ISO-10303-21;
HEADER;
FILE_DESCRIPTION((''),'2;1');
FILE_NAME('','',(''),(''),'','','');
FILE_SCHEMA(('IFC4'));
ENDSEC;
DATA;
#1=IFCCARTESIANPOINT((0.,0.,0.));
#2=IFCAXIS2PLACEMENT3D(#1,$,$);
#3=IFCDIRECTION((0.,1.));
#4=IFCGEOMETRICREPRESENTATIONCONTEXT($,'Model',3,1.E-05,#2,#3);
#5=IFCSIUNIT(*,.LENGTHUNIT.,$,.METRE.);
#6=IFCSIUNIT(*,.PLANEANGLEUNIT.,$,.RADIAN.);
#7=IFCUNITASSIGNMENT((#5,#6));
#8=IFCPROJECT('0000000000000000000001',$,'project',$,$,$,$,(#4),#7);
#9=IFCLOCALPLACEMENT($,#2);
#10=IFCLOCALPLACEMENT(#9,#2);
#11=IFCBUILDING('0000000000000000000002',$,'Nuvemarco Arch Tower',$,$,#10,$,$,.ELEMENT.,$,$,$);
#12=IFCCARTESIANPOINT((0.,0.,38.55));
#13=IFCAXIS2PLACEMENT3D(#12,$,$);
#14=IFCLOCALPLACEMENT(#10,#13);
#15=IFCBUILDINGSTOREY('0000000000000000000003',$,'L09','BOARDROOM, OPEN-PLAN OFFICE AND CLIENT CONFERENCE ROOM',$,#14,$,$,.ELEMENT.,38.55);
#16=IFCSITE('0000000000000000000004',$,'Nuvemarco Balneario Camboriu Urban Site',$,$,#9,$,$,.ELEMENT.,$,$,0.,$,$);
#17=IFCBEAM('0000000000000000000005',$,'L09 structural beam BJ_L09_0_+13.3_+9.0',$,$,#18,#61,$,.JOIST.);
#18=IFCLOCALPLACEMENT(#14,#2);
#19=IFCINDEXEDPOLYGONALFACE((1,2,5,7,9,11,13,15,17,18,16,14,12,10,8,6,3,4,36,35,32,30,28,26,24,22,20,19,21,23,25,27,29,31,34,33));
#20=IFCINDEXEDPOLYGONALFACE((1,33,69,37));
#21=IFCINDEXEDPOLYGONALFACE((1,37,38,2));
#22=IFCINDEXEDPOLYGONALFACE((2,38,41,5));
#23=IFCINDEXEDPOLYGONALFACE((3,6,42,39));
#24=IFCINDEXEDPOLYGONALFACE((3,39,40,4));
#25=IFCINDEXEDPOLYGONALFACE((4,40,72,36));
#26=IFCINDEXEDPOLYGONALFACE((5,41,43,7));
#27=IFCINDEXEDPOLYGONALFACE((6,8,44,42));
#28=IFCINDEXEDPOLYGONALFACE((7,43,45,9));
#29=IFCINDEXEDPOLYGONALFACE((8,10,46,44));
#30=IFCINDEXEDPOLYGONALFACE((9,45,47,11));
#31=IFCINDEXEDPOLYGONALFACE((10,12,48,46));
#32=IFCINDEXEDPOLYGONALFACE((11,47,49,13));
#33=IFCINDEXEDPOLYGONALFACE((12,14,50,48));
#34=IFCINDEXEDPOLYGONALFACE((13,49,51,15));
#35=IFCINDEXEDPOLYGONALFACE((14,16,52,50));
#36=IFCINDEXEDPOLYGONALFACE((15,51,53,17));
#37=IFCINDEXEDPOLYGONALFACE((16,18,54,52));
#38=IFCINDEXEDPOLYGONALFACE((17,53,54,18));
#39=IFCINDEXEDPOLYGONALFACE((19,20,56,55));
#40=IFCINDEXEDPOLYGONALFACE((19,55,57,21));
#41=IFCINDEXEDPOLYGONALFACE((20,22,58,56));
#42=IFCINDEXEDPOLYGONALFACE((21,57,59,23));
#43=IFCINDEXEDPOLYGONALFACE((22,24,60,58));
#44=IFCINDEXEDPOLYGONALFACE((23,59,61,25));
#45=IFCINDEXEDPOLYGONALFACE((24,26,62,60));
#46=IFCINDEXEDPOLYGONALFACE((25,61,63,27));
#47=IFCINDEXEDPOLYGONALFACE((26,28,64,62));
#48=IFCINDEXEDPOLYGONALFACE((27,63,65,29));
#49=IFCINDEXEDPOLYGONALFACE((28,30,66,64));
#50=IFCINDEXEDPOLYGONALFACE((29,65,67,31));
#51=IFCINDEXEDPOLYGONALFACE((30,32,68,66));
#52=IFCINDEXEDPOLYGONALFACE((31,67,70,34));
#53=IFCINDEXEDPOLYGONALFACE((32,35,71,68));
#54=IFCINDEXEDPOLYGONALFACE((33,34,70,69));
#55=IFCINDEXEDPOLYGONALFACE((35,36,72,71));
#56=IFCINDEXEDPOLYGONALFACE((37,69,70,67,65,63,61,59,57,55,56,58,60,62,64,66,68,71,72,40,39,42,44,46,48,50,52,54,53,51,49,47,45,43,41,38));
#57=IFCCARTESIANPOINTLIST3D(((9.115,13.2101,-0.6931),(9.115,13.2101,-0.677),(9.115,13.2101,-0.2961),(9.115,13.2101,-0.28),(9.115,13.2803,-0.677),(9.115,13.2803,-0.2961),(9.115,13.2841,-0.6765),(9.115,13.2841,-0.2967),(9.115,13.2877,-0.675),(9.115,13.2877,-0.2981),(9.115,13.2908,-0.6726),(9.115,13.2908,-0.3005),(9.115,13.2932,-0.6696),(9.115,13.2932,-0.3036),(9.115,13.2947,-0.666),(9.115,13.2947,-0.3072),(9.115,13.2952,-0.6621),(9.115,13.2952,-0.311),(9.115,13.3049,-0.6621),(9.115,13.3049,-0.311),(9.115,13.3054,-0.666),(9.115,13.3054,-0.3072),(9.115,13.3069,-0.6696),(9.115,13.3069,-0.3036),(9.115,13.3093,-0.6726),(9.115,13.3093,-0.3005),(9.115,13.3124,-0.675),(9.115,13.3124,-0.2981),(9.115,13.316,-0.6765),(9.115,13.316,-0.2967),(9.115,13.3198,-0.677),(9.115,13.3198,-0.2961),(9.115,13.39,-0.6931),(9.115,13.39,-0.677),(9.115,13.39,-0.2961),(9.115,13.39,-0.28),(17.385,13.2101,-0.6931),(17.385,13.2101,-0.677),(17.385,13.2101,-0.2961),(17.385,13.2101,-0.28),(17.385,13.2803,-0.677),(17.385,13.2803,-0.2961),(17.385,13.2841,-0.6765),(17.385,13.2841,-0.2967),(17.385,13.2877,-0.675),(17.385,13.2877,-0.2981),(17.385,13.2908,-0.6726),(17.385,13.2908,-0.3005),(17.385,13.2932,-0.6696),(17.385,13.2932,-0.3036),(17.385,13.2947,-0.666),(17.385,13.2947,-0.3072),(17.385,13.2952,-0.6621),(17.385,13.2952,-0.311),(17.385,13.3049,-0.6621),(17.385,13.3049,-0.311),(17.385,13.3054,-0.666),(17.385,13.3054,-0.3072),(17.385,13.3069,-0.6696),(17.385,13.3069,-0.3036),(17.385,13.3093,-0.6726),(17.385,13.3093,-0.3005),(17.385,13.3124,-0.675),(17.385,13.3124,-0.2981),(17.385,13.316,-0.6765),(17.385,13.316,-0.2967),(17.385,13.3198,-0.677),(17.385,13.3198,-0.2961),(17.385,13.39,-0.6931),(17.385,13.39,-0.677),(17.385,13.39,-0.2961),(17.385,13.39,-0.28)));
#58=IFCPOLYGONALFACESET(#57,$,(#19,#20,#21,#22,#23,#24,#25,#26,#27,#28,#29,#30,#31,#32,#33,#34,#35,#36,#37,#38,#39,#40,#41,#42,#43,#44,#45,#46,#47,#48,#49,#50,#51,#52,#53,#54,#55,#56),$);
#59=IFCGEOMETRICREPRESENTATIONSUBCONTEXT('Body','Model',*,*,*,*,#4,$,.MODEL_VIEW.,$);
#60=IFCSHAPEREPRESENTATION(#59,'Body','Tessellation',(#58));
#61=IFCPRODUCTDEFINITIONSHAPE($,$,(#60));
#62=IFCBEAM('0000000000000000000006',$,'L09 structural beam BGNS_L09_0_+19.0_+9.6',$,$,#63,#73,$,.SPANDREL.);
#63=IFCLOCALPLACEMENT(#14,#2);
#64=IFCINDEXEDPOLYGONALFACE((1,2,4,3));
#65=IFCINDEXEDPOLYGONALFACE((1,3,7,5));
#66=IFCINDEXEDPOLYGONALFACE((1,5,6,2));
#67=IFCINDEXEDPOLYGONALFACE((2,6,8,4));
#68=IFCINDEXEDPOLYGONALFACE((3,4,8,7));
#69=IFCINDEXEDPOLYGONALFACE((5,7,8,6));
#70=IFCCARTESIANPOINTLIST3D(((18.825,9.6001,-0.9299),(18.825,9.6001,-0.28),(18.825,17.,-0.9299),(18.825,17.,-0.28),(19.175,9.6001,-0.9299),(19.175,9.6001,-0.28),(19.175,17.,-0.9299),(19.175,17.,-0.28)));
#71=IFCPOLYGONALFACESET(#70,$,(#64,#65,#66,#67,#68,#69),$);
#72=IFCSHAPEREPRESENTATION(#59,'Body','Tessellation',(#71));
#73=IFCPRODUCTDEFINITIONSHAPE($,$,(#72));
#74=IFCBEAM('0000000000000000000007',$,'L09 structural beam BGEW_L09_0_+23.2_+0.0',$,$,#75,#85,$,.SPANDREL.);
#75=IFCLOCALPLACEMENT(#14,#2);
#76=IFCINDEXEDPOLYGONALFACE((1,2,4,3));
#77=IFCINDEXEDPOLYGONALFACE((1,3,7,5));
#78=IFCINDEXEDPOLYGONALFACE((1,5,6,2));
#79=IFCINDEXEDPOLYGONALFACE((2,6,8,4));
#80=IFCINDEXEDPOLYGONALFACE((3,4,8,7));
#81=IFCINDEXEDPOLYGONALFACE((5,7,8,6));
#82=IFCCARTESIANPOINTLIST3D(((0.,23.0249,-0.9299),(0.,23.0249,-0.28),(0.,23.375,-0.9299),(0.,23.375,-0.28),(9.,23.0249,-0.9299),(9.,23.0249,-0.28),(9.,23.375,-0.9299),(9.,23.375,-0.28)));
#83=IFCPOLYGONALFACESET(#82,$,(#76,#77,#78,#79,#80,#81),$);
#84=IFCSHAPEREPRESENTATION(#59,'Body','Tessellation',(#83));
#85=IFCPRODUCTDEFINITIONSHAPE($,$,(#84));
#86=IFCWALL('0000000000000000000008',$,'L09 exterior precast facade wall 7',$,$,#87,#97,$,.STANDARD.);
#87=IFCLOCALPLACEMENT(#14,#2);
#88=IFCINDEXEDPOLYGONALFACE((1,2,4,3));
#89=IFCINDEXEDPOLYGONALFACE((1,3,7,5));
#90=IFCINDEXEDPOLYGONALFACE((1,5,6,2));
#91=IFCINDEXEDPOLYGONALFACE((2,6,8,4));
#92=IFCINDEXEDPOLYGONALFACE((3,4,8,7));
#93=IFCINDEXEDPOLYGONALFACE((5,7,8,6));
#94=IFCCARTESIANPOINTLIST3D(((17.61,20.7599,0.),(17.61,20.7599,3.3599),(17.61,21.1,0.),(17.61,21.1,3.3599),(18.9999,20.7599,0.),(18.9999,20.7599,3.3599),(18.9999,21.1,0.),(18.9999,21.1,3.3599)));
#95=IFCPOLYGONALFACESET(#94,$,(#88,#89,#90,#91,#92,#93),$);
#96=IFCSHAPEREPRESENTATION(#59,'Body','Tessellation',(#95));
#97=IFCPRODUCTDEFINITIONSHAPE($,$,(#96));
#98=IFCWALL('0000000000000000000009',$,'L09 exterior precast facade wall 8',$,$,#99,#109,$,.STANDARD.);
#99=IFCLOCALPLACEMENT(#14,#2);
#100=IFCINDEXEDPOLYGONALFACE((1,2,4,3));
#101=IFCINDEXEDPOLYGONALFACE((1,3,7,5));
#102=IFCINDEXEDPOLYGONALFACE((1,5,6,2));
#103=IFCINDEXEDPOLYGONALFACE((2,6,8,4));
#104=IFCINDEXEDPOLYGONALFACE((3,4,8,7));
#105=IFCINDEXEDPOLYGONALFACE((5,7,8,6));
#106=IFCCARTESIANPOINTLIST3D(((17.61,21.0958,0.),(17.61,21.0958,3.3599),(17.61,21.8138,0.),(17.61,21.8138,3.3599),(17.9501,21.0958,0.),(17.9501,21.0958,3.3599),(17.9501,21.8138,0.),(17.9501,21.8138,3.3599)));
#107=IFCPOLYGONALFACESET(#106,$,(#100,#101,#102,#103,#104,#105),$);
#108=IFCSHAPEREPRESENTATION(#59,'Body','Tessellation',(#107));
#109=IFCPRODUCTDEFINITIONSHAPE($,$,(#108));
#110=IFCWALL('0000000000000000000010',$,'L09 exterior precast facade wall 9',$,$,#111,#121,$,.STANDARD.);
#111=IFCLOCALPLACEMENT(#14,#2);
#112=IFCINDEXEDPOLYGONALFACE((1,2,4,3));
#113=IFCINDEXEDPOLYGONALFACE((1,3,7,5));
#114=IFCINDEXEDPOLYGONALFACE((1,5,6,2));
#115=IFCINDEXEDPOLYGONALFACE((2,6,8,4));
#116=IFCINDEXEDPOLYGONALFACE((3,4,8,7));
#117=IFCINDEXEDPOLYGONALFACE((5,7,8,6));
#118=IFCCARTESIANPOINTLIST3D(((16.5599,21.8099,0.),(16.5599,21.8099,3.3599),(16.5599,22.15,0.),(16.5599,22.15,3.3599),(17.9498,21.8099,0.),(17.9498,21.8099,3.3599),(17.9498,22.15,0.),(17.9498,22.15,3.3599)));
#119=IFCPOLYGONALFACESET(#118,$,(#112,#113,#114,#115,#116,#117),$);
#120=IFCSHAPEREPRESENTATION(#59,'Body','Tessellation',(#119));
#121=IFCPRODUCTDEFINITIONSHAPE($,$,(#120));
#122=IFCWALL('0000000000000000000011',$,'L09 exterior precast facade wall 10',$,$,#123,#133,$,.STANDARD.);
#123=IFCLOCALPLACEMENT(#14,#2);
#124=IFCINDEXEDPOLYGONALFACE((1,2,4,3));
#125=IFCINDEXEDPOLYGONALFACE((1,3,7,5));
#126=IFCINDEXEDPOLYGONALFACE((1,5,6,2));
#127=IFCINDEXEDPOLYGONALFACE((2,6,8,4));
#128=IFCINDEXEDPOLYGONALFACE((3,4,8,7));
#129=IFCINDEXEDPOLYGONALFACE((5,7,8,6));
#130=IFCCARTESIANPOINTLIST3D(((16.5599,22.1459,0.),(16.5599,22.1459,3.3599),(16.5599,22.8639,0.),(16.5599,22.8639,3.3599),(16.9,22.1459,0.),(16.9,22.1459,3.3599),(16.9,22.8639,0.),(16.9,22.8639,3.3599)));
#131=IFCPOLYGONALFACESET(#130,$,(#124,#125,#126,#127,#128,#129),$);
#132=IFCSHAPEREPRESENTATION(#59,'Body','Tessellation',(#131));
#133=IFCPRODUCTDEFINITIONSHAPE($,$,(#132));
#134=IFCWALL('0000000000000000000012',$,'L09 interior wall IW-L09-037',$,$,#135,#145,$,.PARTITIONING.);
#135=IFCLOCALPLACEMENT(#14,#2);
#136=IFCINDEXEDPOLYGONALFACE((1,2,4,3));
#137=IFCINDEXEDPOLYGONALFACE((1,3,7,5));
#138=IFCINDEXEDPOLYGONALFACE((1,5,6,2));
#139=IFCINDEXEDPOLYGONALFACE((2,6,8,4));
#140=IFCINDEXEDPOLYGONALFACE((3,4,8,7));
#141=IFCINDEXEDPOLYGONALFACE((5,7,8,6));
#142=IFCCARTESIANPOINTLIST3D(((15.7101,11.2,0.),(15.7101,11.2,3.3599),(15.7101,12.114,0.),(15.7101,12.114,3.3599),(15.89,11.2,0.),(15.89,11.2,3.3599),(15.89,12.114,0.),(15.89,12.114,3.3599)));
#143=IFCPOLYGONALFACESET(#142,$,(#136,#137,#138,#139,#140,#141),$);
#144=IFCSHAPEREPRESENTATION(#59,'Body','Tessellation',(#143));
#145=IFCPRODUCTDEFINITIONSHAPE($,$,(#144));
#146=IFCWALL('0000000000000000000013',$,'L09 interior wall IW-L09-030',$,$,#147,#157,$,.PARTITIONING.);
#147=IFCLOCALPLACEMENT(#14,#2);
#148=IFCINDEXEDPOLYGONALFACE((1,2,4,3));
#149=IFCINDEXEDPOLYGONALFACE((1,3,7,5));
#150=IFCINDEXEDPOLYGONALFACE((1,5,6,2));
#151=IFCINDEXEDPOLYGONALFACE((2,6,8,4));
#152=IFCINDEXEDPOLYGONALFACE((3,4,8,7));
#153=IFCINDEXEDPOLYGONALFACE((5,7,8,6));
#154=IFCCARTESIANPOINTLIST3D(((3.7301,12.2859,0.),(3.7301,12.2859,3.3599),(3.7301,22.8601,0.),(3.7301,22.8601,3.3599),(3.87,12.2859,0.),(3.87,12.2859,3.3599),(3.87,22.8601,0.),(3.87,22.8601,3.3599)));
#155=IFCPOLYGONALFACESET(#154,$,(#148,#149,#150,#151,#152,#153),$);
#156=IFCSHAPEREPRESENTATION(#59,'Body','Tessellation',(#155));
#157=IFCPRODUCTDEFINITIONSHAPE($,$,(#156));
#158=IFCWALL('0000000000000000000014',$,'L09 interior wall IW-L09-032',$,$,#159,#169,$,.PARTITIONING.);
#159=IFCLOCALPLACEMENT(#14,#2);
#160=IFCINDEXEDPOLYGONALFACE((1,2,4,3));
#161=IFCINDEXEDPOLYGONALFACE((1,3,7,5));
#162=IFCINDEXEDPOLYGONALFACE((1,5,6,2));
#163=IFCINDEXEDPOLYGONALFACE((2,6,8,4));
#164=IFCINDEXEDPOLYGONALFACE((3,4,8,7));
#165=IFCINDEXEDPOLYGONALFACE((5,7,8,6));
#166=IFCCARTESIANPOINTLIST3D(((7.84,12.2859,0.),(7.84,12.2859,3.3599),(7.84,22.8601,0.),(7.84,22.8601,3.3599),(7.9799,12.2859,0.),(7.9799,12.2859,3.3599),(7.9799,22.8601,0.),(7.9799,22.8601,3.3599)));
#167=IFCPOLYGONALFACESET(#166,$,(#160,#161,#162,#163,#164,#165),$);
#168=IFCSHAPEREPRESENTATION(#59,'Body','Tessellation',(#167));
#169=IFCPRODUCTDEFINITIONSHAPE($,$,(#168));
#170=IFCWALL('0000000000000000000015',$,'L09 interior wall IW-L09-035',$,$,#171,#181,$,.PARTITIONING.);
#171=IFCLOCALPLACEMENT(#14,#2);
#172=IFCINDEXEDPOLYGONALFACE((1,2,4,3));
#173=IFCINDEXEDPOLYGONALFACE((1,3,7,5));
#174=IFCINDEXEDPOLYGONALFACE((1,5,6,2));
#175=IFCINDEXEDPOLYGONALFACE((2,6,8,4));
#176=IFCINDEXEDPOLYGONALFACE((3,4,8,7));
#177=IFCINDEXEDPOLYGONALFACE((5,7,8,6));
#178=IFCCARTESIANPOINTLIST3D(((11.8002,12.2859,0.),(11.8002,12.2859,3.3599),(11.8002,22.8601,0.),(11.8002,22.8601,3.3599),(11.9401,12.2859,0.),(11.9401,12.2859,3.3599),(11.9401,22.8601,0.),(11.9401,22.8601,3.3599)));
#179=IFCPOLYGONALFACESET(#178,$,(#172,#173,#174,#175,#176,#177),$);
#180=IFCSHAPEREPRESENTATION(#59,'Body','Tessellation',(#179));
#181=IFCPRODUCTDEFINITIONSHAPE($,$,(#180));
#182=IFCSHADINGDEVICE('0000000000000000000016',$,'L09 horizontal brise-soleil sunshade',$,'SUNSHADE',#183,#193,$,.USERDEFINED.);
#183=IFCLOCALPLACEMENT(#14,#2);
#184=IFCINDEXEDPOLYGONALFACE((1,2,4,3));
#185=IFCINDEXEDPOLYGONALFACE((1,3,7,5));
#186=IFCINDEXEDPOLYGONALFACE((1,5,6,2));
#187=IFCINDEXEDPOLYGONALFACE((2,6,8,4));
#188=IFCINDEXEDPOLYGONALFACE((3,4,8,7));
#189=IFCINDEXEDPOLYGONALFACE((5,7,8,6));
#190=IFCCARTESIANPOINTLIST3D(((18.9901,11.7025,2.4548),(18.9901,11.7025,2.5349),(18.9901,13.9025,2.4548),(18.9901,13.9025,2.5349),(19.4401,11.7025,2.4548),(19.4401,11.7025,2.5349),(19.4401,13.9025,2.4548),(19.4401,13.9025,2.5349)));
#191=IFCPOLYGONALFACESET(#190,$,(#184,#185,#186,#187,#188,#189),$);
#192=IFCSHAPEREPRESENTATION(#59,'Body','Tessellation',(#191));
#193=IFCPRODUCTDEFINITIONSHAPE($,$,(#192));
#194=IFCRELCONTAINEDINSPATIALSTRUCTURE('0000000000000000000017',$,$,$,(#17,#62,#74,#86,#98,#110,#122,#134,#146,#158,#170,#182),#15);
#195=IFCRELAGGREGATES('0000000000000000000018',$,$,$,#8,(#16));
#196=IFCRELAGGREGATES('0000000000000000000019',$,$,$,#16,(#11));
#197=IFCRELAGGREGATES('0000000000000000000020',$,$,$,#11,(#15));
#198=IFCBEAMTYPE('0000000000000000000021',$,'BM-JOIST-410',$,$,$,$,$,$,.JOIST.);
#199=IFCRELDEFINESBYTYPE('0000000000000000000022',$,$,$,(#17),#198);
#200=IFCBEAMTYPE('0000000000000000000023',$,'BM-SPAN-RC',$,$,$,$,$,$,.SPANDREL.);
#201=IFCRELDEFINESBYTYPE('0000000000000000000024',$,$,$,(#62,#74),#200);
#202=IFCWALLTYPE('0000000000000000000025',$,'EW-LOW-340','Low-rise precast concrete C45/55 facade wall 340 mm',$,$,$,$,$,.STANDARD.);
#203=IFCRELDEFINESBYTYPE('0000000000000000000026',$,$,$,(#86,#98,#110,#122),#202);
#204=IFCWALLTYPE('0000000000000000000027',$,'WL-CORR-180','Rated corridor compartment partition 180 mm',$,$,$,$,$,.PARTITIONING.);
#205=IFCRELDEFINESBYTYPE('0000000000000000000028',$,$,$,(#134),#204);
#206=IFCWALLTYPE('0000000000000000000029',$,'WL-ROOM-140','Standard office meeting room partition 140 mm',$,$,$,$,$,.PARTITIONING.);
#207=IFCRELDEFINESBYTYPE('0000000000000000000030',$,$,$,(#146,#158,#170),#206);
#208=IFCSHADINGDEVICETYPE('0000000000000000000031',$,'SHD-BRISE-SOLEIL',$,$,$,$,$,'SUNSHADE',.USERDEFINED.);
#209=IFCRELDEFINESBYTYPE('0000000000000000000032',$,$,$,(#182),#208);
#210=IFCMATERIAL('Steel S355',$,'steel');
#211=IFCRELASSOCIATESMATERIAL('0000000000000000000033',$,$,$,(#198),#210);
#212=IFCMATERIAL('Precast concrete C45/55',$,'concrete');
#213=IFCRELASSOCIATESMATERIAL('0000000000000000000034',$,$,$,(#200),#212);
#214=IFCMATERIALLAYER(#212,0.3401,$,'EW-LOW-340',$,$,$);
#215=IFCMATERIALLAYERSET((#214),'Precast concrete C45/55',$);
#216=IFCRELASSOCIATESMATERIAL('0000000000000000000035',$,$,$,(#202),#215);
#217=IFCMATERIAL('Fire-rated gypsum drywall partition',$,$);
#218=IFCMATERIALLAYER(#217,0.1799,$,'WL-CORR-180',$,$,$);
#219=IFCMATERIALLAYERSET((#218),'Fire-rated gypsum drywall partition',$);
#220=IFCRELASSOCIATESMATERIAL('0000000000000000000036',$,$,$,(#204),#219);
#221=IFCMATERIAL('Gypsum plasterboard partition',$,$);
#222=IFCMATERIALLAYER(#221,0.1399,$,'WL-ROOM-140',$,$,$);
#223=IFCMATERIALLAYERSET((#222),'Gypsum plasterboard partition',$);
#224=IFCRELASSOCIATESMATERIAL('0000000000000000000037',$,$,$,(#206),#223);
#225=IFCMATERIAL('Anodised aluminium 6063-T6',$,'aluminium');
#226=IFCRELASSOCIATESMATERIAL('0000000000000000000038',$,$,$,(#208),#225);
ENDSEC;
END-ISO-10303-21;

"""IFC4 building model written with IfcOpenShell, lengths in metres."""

from ifc_helpers import new_model, si_unit, direction, frame, frame_2d, origin, origin_2d, place, context, subcontext, project, spatial, rectangle, i_section, extrude, source, transform, mapped, material, layer, layer_set, material_profile, profile_set, type_object, type_shapes, element, save


model = new_model("IFC4")

# Units and contexts
model_context = context("Model", 3, precision=1e-05, world=origin(), true_north=direction((0.0, 1.0)))
body_context = subcontext(model_context, "Body", "Model", "MODEL_VIEW")
ifc_project = project(units=[si_unit("LENGTHUNIT", "METRE"), si_unit("PLANEANGLEUNIT", "RADIAN")], contexts=[model_context])

# Site, building, storey
site_placement = place(None, origin())
site = spatial("IfcSite", under=ifc_project, at=site_placement, Name="Nuvemarco Balneario Camboriu Urban Site", CompositionType="ELEMENT", RefElevation=0.0)
building_placement = place(site_placement, origin())
building = spatial("IfcBuilding", under=site, at=building_placement, Name="Nuvemarco Arch Tower", CompositionType="ELEMENT")
storey_placement = place(building_placement, frame((0.0, 0.0, 38.55)))
storey = spatial("IfcBuildingStorey", under=building, at=storey_placement, Name="L09", Description="BOARDROOM, OPEN-PLAN OFFICE AND CLIENT CONFERENCE ROOM", CompositionType="ELEMENT", Elevation=38.55)

# Shared definitions
ifc_material_1 = material(Name="Steel S355", Category="steel")

# Beams
ifc_material_profile_1 = material_profile(ifc_material_1, i_section(OverallWidth=0.1799, OverallDepth=0.4131, WebThickness=0.0098, FlangeThickness=0.0161, FilletRadius=0.0149, at=origin_2d()), Name="W410x75")
ifc_profile_set_1 = profile_set([ifc_material_profile_1], Name="Steel S355")
beam_type_1 = type_object("IfcBeamType", Name="BM-JOIST-410", PredefinedType="JOIST", material=ifc_profile_set_1)
beam_1_placement = place(storey_placement, frame((9.115, 13.3, -0.4866), z_axis=(1.0, 0.0, 0.0), x_axis=(0.0, 1.0, 0.0)))
element("IfcBeam", 1, at=beam_1_placement, inside=storey, type_object=beam_type_1, Name="L09 structural beam BJ_L09_0_+13.3_+9.0", PredefinedType="JOIST", context=body_context, shape_type="SweptSolid", body=[
    extrude(i_section(OverallWidth=0.1799, OverallDepth=0.4131, WebThickness=0.0098, FlangeThickness=0.0161, FilletRadius=0.0149, at=origin_2d()), origin(), (0.0, 0.0, 1.0), 8.27),
])
ifc_material_2 = material(Name="Precast concrete C45/55", Category="concrete")
ifc_material_profile_2 = material_profile(ifc_material_2, rectangle(XDim=0.3501, YDim=0.6499, at=origin_2d()), Name="PC-SP-350x650")
ifc_profile_set_2 = profile_set([ifc_material_profile_2], Name="Precast concrete C45/55")
beam_type_2 = type_object("IfcBeamType", Name="BM-SPAN-RC", PredefinedType="SPANDREL", material=ifc_profile_set_2)
beam_2_placement = place(storey_placement, frame((19.0, 9.6001, -0.605), z_axis=(0.0, 1.0, 0.0), x_axis=(-1.0, 0.0, 0.0)))
element("IfcBeam", 2, at=beam_2_placement, inside=storey, type_object=beam_type_2, Name="L09 structural beam BGNS_L09_0_+19.0_+9.6", PredefinedType="SPANDREL", context=body_context, shape_type="SweptSolid", body=[
    extrude(rectangle(XDim=0.3501, YDim=0.6499, at=origin_2d()), origin(), (0.0, 0.0, 1.0), 7.3999),
])
beam_3_placement = place(storey_placement, frame((0.0, 23.2, -0.605), z_axis=(1.0, 0.0, 0.0), x_axis=(0.0, 1.0, 0.0)))
element("IfcBeam", 3, at=beam_3_placement, inside=storey, type_object=beam_type_2, Name="L09 structural beam BGEW_L09_0_+23.2_+0.0", PredefinedType="SPANDREL", context=body_context, shape_type="SweptSolid", body=[
    extrude(rectangle(XDim=0.3501, YDim=0.6499, at=origin_2d()), origin(), (0.0, 0.0, 1.0), 9.0),
])

# Walls
ifc_layer_1 = layer(ifc_material_2, 0.3401, Name="EW-LOW-340")
ifc_layer_set_1 = layer_set([ifc_layer_1], Name="Precast concrete C45/55")
wall_type_1 = type_object("IfcWallType", Name="EW-LOW-340", Description="Low-rise precast concrete C45/55 facade wall 340 mm", PredefinedType="STANDARD", material=ifc_layer_set_1)
wall_1_placement = place(storey_placement, frame((17.6101, 20.9299, 0.0), z_axis=(0.0, 0.0, 1.0), x_axis=(1.0, 0.0, 0.0)))
element("IfcWall", 4, at=wall_1_placement, inside=storey, type_object=wall_type_1, Name="L09 exterior precast facade wall 7", PredefinedType="STANDARD", context=body_context, shape_type="SweptSolid", body=[
    extrude(rectangle(XDim=1.3899, YDim=0.3401, at=frame_2d((0.6948, 0.0))), origin(), (0.0, 0.0, 1.0), 3.3599),
])
wall_2_placement = place(storey_placement, frame((17.78, 21.0959, 0.0), z_axis=(0.0, 0.0, 1.0), x_axis=(0.0, 1.0, 0.0)))
element("IfcWall", 5, at=wall_2_placement, inside=storey, type_object=wall_type_1, Name="L09 exterior precast facade wall 8", PredefinedType="STANDARD", context=body_context, shape_type="SweptSolid", body=[
    extrude(rectangle(XDim=0.718, YDim=0.3401, at=frame_2d((0.3589, 0.0))), origin(), (0.0, 0.0, 1.0), 3.3599),
])
wall_3_placement = place(storey_placement, frame((16.5601, 21.98, 0.0), z_axis=(0.0, 0.0, 1.0), x_axis=(1.0, 0.0, 0.0)))
element("IfcWall", 6, at=wall_3_placement, inside=storey, type_object=wall_type_1, Name="L09 exterior precast facade wall 9", PredefinedType="STANDARD", context=body_context, shape_type="SweptSolid", body=[
    extrude(rectangle(XDim=1.3899, YDim=0.3401, at=frame_2d((0.6948, 0.0))), origin(), (0.0, 0.0, 1.0), 3.3599),
])
wall_4_placement = place(storey_placement, frame((16.73, 22.146, 0.0), z_axis=(0.0, 0.0, 1.0), x_axis=(0.0, 1.0, 0.0)))
element("IfcWall", 7, at=wall_4_placement, inside=storey, type_object=wall_type_1, Name="L09 exterior precast facade wall 10", PredefinedType="STANDARD", context=body_context, shape_type="SweptSolid", body=[
    extrude(rectangle(XDim=0.718, YDim=0.3401, at=frame_2d((0.3589, 0.0))), origin(), (0.0, 0.0, 1.0), 3.3599),
])
ifc_material_3 = material(Name="Fire-rated gypsum drywall partition")
ifc_layer_2 = layer(ifc_material_3, 0.1799, Name="WL-CORR-180")
ifc_layer_set_2 = layer_set([ifc_layer_2], Name="Fire-rated gypsum drywall partition")
wall_type_2 = type_object("IfcWallType", Name="WL-CORR-180", Description="Rated corridor compartment partition 180 mm", PredefinedType="PARTITIONING", material=ifc_layer_set_2)
wall_5_placement = place(storey_placement, frame((15.8, 11.2, 0.0), z_axis=(0.0, 0.0, 1.0), x_axis=(0.0, 1.0, 0.0)))
element("IfcWall", 8, at=wall_5_placement, inside=storey, type_object=wall_type_2, Name="L09 interior wall IW-L09-037", PredefinedType="PARTITIONING", context=body_context, shape_type="SweptSolid", body=[
    extrude(rectangle(XDim=0.9141, YDim=0.1799, at=frame_2d((0.457, 0.0))), origin(), (0.0, 0.0, 1.0), 3.3599),
])
ifc_material_4 = material(Name="Gypsum plasterboard partition")
ifc_layer_3 = layer(ifc_material_4, 0.1399, Name="WL-ROOM-140")
ifc_layer_set_3 = layer_set([ifc_layer_3], Name="Gypsum plasterboard partition")
wall_type_3 = type_object("IfcWallType", Name="WL-ROOM-140", Description="Standard office meeting room partition 140 mm", PredefinedType="PARTITIONING", material=ifc_layer_set_3)
for number, where, z_axis, x_axis, name in (
    (9, (3.8, 12.2859, 0.0), (0.0, 0.0, 1.0), (0.0, 1.0, 0.0), "L09 interior wall IW-L09-030"),
    (10, (7.9099, 12.2859, 0.0), (0.0, 0.0, 1.0), (0.0, 1.0, 0.0), "L09 interior wall IW-L09-032"),
    (11, (11.8701, 12.2859, 0.0), (0.0, 0.0, 1.0), (0.0, 1.0, 0.0), "L09 interior wall IW-L09-035"),
):
    element("IfcWall", number, at=place(storey_placement, frame(where, z_axis=z_axis, x_axis=x_axis)), inside=storey, type_object=wall_type_3, Name=name, PredefinedType="PARTITIONING", context=body_context, shape_type="SweptSolid", body=[
        extrude(rectangle(XDim=10.5742, YDim=0.1399, at=frame_2d((5.2871, 0.0))), origin(), (0.0, 0.0, 1.0), 3.3599),
    ])

# Shading device
ifc_material_5 = material(Name="Anodised aluminium 6063-T6", Category="aluminium")
shading_device_type_1 = type_object("IfcShadingDeviceType", Name="SHD-BRISE-SOLEIL", ElementType="SUNSHADE", PredefinedType="USERDEFINED", material=ifc_material_5)
shared_shape_1 = source(origin(), body_context, "Body", "SweptSolid", [
    extrude(rectangle(XDim=2.2, YDim=0.45, at=origin_2d()), origin(), (0.0, 0.0, 1.0), 0.0801),
])
type_shapes(shading_device_type_1, [shared_shape_1])
shading_device_placement = place(storey_placement, frame((19.2151, 12.8025, 2.4548), z_axis=(0.0, 0.0, 1.0), x_axis=(0.0, 1.0, 0.0)))
element("IfcShadingDevice", 12, at=shading_device_placement, inside=storey, type_object=shading_device_type_1, Name="L09 horizontal brise-soleil sunshade", ObjectType="SUNSHADE", PredefinedType="USERDEFINED", context=body_context, shape_type="MappedRepresentation", body=[
    mapped(shared_shape_1, transform((0.0, 0.0, 0.0), scale=1.0)),
])

save(model, "model.ifc")
